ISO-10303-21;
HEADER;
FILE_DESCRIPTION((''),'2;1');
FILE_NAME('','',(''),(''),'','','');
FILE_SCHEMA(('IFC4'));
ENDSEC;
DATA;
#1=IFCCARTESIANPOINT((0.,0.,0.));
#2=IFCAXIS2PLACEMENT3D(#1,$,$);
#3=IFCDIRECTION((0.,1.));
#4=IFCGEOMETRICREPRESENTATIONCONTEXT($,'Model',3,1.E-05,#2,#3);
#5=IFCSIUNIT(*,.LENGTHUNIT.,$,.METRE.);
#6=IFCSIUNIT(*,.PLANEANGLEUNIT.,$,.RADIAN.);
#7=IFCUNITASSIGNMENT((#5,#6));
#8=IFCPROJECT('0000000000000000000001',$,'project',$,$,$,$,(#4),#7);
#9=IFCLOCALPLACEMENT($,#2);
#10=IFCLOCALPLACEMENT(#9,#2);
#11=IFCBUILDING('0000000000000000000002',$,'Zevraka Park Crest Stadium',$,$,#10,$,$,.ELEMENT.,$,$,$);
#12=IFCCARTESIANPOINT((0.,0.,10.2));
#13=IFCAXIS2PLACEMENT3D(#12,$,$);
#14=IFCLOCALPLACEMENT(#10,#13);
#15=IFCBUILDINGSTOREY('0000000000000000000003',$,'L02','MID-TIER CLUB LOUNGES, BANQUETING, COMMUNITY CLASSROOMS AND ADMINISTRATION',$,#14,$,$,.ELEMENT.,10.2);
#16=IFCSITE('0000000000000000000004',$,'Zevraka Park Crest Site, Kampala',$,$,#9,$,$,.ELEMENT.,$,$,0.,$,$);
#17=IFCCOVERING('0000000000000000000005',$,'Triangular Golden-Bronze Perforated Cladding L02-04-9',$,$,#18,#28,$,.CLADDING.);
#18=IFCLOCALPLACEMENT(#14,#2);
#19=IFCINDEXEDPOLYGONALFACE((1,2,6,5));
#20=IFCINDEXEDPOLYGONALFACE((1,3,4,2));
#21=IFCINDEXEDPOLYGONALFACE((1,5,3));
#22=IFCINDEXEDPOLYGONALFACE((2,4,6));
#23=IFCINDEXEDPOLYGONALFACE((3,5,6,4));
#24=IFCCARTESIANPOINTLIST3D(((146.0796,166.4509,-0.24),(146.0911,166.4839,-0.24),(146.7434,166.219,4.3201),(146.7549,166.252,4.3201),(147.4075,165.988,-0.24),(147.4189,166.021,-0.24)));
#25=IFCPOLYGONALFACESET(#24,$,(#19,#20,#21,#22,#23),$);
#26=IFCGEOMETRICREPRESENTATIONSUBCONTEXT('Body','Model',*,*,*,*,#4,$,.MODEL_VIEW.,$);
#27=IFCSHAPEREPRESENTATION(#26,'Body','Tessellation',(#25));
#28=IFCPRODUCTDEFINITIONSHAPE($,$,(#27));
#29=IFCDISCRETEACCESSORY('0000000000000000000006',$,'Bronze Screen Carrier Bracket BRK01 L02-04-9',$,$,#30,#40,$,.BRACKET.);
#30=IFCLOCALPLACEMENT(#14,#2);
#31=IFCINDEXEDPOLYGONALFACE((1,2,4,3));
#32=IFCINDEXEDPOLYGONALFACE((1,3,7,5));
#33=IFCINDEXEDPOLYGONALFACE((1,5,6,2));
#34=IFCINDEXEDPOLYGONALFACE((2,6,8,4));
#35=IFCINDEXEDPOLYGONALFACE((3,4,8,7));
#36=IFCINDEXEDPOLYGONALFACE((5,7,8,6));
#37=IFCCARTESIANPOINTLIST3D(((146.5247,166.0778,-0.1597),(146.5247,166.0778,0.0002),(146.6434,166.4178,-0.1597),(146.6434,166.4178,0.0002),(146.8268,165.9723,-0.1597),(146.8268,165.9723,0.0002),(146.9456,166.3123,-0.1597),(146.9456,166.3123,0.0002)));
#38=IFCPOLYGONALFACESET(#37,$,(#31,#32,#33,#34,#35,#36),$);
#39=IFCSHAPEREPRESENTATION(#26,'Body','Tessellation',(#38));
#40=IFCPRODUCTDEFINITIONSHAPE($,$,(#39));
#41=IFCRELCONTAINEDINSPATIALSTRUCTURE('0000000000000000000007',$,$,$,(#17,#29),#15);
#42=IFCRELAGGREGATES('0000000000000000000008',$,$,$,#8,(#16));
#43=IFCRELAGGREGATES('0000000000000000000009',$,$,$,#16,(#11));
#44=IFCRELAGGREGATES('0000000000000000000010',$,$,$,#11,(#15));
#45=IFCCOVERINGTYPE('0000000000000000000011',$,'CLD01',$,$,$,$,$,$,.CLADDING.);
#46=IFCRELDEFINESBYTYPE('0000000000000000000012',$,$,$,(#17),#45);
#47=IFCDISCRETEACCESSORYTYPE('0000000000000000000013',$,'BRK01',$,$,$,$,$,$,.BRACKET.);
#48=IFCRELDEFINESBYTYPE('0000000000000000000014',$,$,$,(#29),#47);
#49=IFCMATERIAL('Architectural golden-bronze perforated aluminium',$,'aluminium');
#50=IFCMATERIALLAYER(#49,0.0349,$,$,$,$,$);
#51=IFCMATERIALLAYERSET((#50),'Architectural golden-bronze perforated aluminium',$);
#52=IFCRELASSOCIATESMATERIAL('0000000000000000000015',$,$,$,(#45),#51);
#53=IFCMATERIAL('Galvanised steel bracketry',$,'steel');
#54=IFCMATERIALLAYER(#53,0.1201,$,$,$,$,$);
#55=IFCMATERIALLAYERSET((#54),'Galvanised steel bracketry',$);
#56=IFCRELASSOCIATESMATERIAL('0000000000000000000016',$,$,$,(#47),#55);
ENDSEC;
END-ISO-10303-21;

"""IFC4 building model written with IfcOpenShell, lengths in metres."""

from ifc_helpers import new_model, si_unit, direction, frame, origin, origin_2d, place, context, subcontext, project, spatial, polyline, rectangle, outline, extrude, material, layer, layer_set, type_object, element, save


model = new_model("IFC4")

# Units and contexts
model_context = context("Model", 3, precision=1e-05, world=origin(), true_north=direction((0.0, 1.0)))
body_context = subcontext(model_context, "Body", "Model", "MODEL_VIEW")
ifc_project = project(units=[si_unit("LENGTHUNIT", "METRE"), si_unit("PLANEANGLEUNIT", "RADIAN")], contexts=[model_context])

# Site, building, storey
site_placement = place(None, origin())
site = spatial("IfcSite", under=ifc_project, at=site_placement, Name="Zevraka Park Crest Site, Kampala", CompositionType="ELEMENT", RefElevation=0.0)
building_placement = place(site_placement, origin())
building = spatial("IfcBuilding", under=site, at=building_placement, Name="Zevraka Park Crest Stadium", CompositionType="ELEMENT")
storey_placement = place(building_placement, frame((0.0, 0.0, 10.2)))
storey = spatial("IfcBuildingStorey", under=building, at=storey_placement, Name="L02", Description="MID-TIER CLUB LOUNGES, BANQUETING, COMMUNITY CLASSROOMS AND ADMINISTRATION", CompositionType="ELEMENT", Elevation=10.2)

# Covering
ifc_material_1 = material(Name="Architectural golden-bronze perforated aluminium", Category="aluminium")
ifc_layer_1 = layer(ifc_material_1, 0.0349)
ifc_layer_set_1 = layer_set([ifc_layer_1], Name="Architectural golden-bronze perforated aluminium")
covering_type = type_object("IfcCoveringType", Name="CLD01", PredefinedType="CLADDING", material=ifc_layer_set_1)
covering_1_placement = place(storey_placement, frame((147.4189, 166.021, -0.24), z_axis=(0.329167, 0.944272, 0.00011), x_axis=(-0.944272, 0.329167, 0.0)))
element("IfcCovering", 1, at=covering_1_placement, inside=storey, type_object=covering_type, Name="Triangular Golden-Bronze Perforated Cladding L02-04-9", PredefinedType="CLADDING", context=body_context, shape_type="SweptSolid", body=[
    extrude(outline(polyline([(0.0, 0.0), (1.4062, 0.0), (0.7031, 4.5601), (0.0, 0.0)])), origin(), (0.0, 0.0, -1.0), 0.0349),
])

# Discrete accessory
ifc_material_2 = material(Name="Galvanised steel bracketry", Category="steel")
ifc_layer_2 = layer(ifc_material_2, 0.1201)
ifc_layer_set_2 = layer_set([ifc_layer_2], Name="Galvanised steel bracketry")
discrete_accessory_type = type_object("IfcDiscreteAccessoryType", Name="BRK01", PredefinedType="BRACKET", material=ifc_layer_set_2)
discrete_accessory_placement = place(storey_placement, frame((146.7351, 166.1951, -0.1597), z_axis=(0.0, 0.0, 1.0), x_axis=(-0.944089, 0.329691, 0.0)))
element("IfcDiscreteAccessory", 2, at=discrete_accessory_placement, inside=storey, type_object=discrete_accessory_type, Name="Bronze Screen Carrier Bracket BRK01 L02-04-9", PredefinedType="BRACKET", context=body_context, shape_type="SweptSolid", body=[
    extrude(rectangle(XDim=0.3201, YDim=0.3601, at=origin_2d()), origin(), (0.0, 0.0, 1.0), 0.1599),
])

save(model, "model.ifc")
